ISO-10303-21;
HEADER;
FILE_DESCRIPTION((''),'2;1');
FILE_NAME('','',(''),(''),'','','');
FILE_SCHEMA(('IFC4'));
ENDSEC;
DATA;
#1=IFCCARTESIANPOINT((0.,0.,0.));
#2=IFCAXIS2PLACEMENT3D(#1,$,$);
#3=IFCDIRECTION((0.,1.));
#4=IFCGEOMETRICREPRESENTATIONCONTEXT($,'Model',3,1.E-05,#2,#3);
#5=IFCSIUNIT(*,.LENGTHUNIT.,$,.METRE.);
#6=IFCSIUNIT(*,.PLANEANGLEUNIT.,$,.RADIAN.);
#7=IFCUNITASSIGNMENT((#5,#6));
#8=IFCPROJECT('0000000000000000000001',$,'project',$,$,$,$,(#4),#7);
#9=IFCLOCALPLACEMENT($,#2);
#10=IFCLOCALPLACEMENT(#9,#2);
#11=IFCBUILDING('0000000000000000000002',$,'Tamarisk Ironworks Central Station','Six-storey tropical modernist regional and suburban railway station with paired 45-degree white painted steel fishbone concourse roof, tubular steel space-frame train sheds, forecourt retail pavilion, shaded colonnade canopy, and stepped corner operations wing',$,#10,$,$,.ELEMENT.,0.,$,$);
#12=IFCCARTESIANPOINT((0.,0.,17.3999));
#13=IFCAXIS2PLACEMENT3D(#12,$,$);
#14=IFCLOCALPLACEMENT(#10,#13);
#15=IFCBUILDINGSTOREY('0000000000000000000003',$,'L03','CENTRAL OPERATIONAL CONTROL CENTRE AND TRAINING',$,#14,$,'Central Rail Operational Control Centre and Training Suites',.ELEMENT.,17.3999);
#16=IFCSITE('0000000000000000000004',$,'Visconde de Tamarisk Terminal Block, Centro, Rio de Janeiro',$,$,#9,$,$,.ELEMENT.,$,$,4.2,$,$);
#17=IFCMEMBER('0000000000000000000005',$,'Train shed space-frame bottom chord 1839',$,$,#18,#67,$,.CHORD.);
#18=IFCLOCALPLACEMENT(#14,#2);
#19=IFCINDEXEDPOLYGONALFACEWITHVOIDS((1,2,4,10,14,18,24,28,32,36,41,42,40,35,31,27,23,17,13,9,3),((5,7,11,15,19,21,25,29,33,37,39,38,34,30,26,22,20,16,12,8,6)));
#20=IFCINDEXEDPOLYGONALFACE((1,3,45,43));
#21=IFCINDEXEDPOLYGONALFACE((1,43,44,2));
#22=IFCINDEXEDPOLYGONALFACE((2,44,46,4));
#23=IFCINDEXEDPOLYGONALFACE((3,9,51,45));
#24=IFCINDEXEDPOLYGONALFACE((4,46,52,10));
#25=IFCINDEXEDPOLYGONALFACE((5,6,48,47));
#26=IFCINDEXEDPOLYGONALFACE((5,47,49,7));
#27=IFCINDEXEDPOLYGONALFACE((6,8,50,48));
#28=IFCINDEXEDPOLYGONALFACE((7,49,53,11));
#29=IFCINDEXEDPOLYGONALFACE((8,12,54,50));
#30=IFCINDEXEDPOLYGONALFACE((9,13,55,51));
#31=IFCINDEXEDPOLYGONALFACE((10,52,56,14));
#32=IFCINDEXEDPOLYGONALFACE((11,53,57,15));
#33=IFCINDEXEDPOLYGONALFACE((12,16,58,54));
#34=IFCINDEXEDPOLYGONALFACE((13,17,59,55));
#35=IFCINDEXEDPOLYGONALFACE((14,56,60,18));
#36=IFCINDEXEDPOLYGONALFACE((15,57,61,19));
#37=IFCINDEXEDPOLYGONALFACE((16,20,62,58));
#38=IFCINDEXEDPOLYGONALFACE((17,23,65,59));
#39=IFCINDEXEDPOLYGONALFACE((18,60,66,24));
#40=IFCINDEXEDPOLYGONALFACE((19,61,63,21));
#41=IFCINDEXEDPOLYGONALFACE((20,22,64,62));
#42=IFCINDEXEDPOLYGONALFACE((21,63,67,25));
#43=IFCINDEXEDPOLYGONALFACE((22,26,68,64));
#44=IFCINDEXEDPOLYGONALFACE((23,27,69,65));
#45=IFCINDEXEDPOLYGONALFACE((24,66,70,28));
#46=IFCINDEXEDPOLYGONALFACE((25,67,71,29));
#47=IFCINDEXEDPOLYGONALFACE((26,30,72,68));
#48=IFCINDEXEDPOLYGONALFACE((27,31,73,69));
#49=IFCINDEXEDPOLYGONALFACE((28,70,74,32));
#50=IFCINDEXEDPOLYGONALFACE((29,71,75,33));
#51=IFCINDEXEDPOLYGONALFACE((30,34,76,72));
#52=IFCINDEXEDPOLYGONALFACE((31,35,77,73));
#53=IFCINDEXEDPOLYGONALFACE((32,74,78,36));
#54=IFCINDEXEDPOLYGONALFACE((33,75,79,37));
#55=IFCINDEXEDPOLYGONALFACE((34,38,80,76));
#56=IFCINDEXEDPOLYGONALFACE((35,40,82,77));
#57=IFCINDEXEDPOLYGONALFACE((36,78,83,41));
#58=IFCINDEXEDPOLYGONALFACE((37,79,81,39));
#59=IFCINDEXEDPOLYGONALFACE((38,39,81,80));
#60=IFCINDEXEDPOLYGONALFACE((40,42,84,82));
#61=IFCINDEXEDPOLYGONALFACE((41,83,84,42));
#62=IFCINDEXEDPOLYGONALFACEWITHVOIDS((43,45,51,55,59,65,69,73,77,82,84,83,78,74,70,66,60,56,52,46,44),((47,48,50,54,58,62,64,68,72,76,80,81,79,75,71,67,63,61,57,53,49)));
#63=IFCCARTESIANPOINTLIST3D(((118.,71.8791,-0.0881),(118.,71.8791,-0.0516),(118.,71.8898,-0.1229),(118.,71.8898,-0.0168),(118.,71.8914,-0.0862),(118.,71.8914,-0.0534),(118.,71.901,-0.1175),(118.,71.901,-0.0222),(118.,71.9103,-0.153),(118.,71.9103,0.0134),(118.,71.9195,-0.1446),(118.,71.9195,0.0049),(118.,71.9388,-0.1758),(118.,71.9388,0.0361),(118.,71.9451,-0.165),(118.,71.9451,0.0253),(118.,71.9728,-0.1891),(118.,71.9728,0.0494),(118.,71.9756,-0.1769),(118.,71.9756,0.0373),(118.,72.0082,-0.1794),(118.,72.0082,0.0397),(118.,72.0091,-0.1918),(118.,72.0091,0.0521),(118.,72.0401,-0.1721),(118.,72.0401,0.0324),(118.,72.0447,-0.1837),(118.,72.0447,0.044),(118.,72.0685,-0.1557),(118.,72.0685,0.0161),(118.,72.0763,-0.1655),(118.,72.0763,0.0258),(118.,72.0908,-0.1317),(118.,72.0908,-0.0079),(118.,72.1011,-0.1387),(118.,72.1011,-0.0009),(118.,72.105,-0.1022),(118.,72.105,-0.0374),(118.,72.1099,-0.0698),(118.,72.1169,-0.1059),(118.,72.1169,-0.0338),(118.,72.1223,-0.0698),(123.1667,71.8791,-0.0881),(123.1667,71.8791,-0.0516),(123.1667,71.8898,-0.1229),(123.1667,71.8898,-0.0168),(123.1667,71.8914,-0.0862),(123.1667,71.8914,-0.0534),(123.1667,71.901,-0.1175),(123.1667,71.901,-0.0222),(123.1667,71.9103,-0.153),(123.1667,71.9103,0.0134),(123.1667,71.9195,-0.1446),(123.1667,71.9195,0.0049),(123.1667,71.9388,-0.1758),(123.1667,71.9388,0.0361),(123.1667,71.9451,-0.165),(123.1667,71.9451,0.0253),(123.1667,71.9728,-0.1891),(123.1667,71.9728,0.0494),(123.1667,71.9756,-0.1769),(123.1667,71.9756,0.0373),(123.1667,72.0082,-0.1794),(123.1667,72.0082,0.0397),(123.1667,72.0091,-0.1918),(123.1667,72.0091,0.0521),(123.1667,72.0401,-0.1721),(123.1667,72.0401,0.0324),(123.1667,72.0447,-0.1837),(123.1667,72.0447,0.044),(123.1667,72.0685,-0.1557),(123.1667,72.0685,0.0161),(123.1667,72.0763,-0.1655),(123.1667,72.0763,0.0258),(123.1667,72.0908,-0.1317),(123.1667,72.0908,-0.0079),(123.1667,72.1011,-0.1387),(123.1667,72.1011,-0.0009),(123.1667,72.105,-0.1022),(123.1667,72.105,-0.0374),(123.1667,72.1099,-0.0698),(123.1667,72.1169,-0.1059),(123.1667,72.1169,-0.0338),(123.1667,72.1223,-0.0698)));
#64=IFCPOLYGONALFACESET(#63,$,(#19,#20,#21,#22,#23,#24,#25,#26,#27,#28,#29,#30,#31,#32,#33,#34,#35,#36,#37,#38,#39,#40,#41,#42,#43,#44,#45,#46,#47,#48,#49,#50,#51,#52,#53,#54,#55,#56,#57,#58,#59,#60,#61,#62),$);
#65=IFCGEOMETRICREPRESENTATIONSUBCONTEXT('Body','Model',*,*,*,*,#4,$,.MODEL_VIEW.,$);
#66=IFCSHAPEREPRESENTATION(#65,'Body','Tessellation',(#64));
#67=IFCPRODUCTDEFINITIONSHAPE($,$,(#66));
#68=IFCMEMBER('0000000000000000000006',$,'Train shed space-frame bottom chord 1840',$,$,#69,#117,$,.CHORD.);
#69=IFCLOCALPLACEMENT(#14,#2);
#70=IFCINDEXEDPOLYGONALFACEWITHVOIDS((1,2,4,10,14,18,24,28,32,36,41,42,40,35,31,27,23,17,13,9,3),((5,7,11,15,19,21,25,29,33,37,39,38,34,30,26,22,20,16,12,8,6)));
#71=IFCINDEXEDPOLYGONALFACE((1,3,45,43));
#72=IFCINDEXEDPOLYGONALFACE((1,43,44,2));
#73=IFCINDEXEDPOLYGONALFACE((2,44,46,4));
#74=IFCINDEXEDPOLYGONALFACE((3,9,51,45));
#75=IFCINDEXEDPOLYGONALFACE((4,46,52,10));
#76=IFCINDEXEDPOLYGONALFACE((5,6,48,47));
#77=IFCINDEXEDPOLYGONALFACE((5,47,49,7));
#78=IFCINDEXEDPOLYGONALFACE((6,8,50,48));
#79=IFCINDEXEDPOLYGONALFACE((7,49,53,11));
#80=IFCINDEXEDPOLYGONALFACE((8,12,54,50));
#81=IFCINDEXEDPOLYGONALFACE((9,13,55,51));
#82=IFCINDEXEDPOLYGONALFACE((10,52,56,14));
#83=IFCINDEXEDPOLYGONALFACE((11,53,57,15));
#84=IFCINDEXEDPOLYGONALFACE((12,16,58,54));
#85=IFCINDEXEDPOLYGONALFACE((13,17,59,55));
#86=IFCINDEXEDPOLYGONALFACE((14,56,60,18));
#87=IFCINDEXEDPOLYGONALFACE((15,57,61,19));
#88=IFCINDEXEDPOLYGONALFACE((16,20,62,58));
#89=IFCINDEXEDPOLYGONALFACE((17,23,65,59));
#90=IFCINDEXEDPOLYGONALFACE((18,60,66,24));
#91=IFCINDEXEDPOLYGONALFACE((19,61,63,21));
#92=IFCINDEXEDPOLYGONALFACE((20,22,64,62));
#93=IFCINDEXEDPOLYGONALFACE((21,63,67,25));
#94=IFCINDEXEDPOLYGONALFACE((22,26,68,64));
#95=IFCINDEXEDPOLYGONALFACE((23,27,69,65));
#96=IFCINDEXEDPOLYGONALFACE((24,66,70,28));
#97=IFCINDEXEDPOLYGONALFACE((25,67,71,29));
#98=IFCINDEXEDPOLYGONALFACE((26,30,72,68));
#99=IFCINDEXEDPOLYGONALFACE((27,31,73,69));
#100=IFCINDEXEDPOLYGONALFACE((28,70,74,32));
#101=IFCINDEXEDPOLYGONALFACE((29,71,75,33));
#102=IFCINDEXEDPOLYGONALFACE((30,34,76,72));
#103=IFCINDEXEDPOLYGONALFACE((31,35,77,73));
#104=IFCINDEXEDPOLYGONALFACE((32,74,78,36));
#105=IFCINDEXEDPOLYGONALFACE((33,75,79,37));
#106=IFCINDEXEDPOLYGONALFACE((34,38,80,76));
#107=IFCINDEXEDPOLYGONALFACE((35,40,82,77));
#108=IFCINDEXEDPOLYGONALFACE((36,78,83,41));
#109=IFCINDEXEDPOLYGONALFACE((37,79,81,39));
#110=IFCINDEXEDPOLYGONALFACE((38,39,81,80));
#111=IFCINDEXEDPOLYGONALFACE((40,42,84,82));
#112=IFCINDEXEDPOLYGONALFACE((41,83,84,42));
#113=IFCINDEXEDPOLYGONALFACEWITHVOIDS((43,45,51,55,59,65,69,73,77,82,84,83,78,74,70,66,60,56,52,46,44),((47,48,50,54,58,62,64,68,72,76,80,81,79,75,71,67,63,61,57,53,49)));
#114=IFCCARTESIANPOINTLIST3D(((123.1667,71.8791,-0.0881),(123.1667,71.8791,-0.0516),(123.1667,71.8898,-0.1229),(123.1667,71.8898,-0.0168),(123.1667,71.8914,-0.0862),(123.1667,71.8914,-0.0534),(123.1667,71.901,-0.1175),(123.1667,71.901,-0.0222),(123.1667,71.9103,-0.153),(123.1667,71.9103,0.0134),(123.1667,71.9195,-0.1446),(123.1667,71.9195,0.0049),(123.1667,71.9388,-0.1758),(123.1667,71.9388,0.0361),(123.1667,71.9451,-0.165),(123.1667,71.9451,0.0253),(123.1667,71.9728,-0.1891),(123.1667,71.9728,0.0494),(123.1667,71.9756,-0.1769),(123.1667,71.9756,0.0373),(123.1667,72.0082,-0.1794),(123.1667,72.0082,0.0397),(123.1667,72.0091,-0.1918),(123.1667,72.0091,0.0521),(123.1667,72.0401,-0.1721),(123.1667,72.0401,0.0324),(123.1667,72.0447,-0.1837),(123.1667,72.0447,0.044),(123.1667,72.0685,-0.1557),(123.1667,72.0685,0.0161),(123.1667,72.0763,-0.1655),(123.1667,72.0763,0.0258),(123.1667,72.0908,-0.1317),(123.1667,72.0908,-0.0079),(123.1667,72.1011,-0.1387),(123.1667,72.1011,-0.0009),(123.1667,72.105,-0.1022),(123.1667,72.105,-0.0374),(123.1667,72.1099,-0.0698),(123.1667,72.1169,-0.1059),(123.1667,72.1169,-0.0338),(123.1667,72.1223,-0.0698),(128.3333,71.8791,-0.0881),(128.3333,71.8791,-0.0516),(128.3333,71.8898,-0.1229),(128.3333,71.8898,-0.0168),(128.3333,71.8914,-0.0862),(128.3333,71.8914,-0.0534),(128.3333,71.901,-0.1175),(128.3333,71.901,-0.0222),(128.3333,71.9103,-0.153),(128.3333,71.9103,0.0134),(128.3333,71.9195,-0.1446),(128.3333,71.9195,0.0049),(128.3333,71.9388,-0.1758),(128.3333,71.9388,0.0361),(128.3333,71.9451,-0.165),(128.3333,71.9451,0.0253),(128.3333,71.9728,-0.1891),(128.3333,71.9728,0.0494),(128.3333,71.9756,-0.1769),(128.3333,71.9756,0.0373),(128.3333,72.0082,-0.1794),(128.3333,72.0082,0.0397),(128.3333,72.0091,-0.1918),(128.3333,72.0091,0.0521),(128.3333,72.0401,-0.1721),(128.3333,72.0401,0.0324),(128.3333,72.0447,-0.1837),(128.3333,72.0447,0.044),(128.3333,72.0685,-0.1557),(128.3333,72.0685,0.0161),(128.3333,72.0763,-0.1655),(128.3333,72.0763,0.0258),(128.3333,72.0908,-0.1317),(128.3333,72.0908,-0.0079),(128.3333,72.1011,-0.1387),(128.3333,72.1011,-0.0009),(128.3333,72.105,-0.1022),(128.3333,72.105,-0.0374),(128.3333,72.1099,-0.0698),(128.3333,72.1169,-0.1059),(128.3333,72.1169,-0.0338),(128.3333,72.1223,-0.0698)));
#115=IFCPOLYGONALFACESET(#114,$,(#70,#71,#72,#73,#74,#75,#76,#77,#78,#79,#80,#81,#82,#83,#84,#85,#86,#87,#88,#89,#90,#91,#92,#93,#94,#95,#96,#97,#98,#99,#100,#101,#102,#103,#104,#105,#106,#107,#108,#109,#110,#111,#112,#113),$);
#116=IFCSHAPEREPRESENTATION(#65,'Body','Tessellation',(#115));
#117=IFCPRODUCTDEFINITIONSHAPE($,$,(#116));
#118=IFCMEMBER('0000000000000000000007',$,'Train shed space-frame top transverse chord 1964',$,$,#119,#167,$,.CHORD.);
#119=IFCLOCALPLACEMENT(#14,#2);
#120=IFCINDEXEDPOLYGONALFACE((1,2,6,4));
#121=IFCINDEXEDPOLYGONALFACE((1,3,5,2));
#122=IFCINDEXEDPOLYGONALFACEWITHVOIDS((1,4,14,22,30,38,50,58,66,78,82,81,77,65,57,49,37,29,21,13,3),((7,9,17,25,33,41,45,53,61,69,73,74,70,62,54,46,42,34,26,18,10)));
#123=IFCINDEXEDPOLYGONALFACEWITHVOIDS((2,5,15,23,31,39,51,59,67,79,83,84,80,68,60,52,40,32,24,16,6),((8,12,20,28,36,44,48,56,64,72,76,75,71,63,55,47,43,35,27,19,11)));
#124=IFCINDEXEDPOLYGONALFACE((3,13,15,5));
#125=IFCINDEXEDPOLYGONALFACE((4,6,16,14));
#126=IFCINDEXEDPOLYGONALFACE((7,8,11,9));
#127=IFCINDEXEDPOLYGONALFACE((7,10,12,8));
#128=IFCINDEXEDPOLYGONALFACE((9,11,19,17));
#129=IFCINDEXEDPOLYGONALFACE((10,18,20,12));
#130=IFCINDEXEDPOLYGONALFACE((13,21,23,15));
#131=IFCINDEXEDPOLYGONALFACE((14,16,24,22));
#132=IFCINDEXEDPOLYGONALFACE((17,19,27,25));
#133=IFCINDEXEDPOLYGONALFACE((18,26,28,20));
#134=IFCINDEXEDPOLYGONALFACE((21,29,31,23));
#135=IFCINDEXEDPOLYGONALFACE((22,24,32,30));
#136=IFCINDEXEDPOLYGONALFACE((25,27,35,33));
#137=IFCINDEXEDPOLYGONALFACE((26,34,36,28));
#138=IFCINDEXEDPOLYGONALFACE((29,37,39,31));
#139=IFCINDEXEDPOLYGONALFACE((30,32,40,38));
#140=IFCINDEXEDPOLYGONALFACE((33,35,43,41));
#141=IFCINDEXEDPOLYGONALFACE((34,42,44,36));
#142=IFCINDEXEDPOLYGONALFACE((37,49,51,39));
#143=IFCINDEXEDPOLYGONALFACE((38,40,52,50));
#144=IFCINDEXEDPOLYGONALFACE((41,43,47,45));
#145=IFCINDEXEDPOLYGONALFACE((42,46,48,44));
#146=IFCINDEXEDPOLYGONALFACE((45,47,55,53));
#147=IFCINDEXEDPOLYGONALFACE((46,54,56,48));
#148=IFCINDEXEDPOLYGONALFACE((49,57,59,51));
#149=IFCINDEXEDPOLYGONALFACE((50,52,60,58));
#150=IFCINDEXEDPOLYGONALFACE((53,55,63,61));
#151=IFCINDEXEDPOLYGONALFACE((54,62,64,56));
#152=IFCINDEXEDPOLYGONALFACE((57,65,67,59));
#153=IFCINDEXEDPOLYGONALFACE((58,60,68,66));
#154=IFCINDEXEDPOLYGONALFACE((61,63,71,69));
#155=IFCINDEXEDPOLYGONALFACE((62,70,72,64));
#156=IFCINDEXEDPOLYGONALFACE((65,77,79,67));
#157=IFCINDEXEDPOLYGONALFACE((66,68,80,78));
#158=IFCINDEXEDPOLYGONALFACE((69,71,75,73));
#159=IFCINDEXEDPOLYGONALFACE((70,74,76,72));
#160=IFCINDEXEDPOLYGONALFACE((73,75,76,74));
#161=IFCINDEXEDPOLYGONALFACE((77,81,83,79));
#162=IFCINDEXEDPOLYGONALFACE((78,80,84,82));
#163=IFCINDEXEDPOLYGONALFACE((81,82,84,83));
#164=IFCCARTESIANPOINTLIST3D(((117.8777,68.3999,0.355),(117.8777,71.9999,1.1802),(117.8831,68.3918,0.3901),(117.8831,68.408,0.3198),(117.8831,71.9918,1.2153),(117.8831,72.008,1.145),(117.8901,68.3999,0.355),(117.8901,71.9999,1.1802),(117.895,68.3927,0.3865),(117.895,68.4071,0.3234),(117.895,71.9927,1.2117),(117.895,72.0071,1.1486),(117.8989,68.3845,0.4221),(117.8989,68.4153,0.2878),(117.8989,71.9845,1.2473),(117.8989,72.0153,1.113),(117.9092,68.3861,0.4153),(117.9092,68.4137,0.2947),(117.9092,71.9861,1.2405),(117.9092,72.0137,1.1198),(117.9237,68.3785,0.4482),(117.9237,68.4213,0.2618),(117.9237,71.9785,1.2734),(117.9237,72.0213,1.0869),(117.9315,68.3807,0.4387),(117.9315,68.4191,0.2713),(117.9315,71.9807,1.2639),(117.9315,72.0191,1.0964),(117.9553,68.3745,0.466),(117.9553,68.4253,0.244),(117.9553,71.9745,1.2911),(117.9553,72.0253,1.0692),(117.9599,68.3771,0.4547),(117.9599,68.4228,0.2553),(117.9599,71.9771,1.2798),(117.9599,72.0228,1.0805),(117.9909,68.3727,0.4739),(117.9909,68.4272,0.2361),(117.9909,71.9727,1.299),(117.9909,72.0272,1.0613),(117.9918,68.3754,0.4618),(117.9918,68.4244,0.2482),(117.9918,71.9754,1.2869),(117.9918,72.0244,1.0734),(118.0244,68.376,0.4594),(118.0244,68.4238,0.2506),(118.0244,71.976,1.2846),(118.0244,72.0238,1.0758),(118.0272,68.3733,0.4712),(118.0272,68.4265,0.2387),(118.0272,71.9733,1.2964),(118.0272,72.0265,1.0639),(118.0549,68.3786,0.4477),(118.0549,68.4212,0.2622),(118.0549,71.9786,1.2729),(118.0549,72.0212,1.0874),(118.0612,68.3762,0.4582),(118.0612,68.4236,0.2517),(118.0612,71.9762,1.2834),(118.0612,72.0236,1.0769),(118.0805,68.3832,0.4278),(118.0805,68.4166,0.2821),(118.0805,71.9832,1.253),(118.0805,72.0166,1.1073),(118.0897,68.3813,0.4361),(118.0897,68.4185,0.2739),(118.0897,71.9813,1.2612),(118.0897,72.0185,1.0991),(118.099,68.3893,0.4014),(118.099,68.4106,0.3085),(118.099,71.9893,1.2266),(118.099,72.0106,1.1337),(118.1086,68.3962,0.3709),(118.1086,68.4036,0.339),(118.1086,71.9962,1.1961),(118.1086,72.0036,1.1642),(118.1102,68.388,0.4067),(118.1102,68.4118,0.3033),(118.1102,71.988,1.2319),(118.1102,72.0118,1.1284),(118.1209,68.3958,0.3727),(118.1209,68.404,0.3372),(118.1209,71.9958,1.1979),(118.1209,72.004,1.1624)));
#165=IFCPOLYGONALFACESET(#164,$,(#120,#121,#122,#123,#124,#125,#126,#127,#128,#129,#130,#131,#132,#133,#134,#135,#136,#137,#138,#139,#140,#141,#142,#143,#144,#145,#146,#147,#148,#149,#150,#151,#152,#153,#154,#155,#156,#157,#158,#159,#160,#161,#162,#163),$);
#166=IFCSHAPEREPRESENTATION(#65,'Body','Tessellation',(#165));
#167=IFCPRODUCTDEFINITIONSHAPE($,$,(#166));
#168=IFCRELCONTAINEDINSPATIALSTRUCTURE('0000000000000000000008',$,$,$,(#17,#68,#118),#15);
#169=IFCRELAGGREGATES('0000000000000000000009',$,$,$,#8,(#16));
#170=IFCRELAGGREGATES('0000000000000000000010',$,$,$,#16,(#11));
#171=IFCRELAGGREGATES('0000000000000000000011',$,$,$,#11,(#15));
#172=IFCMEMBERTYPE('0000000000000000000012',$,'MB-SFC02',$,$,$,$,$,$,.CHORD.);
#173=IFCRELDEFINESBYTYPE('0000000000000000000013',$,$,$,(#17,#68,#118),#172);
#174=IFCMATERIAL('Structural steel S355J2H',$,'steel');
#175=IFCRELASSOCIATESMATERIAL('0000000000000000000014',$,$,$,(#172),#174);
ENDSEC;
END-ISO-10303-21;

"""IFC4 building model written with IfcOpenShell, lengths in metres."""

from ifc_helpers import new_model, si_unit, direction, frame, origin, origin_2d, place, context, subcontext, project, spatial, hollow_circle, extrude, material, material_profile, profile_set, type_object, element, save


model = new_model("IFC4")

# Units and contexts
model_context = context("Model", 3, precision=1e-05, world=origin(), true_north=direction((0.0, 1.0)))
body_context = subcontext(model_context, "Body", "Model", "MODEL_VIEW")
ifc_project = project(units=[si_unit("LENGTHUNIT", "METRE"), si_unit("PLANEANGLEUNIT", "RADIAN")], contexts=[model_context])

# Site, building, storey
site_placement = place(None, origin())
site = spatial("IfcSite", under=ifc_project, at=site_placement, Name="Visconde de Tamarisk Terminal Block, Centro, Rio de Janeiro", CompositionType="ELEMENT", RefElevation=4.2)
building_placement = place(site_placement, origin())
building = spatial("IfcBuilding", under=site, at=building_placement, Name="Tamarisk Ironworks Central Station", Description="Six-storey tropical modernist regional and suburban railway station with paired 45-degree white painted steel fishbone concourse roof, tubular steel space-frame train sheds, forecourt retail pavilion, shaded colonnade canopy, and stepped corner operations wing", CompositionType="ELEMENT", ElevationOfRefHeight=0.0)
storey_placement = place(building_placement, frame((0.0, 0.0, 17.3999)))
storey = spatial("IfcBuildingStorey", under=building, at=storey_placement, Name="L03", Description="CENTRAL OPERATIONAL CONTROL CENTRE AND TRAINING", LongName="Central Rail Operational Control Centre and Training Suites", CompositionType="ELEMENT", Elevation=17.3999)

# Members
ifc_material_1 = material(Name="Structural steel S355J2H", Category="steel")
ifc_material_profile_1 = material_profile(ifc_material_1, hollow_circle(Radius=0.1223, WallThickness=0.0125, at=origin_2d()), Name="CHS 244.5x12.5")
ifc_profile_set_1 = profile_set([ifc_material_profile_1], Name="Structural steel S355J2H")
member_type_1 = type_object("IfcMemberType", Name="MB-SFC02", PredefinedType="CHORD", material=ifc_profile_set_1)
member_1_placement = place(storey_placement, frame((118.0, 72.0, -0.0698), z_axis=(1.0, 0.0, 0.0), x_axis=(0.0, 1.0, 0.0)))
element("IfcMember", 1, at=member_1_placement, inside=storey, type_object=member_type_1, Name="Train shed space-frame bottom chord 1839", PredefinedType="CHORD", context=body_context, shape_type="SweptSolid", body=[
    extrude(hollow_circle(Radius=0.1223, WallThickness=0.0125, at=origin_2d()), origin(), (0.0, 0.0, 1.0), 5.1667),
])
member_2_placement = place(storey_placement, frame((123.1667, 72.0, -0.0698), z_axis=(1.0, 0.0, 0.0), x_axis=(0.0, 1.0, 0.0)))
element("IfcMember", 2, at=member_2_placement, inside=storey, type_object=member_type_1, Name="Train shed space-frame bottom chord 1840", PredefinedType="CHORD", context=body_context, shape_type="SweptSolid", body=[
    extrude(hollow_circle(Radius=0.1223, WallThickness=0.0125, at=origin_2d()), origin(), (0.0, 0.0, 1.0), 5.1665),
])
for number, where, z_axis, x_axis, name in (
    (3, (118.0, 68.3999, 0.355), (0.0, 0.974722, 0.223421), (-1.0, 0.0, 0.0), "Train shed space-frame top transverse chord 1964"),
):
    element("IfcMember", number, at=place(storey_placement, frame(where, z_axis=z_axis, x_axis=x_axis)), inside=storey, type_object=member_type_1, Name=name, PredefinedType="CHORD", context=body_context, shape_type="SweptSolid", body=[
        extrude(hollow_circle(Radius=0.1223, WallThickness=0.0125, at=origin_2d()), origin(), (0.0, 0.0, 1.0), 3.6934),
    ])

save(model, "model.ifc")
